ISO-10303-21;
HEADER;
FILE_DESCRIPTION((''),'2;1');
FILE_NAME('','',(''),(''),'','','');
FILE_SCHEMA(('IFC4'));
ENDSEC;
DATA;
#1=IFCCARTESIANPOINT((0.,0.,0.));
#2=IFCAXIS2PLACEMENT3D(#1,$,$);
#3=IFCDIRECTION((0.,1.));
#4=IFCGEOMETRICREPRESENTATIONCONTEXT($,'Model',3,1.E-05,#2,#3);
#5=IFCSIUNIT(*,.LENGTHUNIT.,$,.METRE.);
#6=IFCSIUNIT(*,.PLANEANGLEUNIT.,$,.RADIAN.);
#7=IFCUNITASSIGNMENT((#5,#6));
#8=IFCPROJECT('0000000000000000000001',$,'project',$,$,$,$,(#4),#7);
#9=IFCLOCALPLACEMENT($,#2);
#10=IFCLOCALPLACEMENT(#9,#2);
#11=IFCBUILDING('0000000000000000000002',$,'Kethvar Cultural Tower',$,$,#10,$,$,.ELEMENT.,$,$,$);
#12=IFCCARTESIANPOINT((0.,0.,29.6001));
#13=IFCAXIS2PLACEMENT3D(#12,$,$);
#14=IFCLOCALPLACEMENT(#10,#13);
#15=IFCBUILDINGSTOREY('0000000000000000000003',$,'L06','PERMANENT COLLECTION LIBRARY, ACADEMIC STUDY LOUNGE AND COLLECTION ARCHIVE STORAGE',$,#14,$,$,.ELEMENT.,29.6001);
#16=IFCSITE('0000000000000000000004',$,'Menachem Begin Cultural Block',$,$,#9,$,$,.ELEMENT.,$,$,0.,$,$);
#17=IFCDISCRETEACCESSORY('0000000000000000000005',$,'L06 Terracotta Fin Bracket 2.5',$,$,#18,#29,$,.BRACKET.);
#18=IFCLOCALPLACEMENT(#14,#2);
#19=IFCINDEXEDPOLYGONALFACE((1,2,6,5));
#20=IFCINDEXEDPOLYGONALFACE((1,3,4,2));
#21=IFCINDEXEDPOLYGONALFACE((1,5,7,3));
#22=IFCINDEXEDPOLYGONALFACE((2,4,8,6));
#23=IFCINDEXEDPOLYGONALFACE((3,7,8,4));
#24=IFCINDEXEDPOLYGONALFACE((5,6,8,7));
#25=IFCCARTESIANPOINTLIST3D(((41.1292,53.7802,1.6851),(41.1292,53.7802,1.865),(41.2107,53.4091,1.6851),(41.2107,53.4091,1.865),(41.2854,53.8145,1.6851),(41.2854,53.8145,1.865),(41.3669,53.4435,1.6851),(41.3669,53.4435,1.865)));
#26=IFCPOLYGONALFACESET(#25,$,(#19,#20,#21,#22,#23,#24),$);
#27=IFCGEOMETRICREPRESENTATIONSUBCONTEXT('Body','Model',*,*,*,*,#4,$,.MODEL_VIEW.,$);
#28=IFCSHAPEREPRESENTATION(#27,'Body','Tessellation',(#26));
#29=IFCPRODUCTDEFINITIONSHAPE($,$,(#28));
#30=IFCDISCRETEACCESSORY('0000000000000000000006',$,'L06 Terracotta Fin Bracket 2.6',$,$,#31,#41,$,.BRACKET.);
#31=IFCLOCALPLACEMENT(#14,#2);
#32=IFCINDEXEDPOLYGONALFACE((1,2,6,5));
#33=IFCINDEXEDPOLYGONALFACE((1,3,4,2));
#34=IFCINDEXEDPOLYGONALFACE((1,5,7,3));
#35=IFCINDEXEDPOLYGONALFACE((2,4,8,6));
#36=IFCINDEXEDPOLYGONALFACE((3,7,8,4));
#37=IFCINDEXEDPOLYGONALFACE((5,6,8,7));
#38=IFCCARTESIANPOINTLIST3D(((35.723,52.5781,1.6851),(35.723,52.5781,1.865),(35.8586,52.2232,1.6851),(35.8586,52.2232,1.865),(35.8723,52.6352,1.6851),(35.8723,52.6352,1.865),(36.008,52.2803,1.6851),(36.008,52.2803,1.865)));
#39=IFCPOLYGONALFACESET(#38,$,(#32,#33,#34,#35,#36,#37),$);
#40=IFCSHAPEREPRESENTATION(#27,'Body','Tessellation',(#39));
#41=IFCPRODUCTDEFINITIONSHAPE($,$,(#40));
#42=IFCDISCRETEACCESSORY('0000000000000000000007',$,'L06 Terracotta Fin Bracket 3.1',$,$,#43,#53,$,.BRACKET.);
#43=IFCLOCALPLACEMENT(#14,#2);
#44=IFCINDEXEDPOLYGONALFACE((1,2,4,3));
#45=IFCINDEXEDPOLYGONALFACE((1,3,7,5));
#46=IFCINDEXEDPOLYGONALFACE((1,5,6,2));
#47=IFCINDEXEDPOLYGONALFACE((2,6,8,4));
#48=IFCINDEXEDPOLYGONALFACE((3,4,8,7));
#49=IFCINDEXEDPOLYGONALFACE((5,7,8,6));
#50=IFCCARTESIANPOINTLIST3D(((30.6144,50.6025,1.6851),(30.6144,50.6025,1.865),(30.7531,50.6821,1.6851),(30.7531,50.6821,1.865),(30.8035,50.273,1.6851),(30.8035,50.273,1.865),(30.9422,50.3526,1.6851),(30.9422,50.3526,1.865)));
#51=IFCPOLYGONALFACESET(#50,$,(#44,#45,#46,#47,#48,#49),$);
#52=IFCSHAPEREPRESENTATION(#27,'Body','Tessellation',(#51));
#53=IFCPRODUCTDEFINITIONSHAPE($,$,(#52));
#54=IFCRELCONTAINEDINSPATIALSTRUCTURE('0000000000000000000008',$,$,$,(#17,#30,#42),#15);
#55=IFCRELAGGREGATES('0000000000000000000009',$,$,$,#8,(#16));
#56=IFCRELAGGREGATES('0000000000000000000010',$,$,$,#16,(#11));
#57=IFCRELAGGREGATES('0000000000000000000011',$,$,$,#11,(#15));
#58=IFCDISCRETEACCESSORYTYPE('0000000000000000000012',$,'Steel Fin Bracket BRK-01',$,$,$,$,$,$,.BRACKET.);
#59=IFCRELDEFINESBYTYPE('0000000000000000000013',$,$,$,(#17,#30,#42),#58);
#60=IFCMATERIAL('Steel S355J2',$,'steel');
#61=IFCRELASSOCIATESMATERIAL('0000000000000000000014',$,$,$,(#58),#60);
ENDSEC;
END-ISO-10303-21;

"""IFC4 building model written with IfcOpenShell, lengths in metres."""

from ifc_helpers import new_model, si_unit, direction, frame, origin, origin_2d, place, context, subcontext, project, spatial, rectangle, extrude, source, transform, mapped, material, type_object, element, save


model = new_model("IFC4")

# Units and contexts
model_context = context("Model", 3, precision=1e-05, world=origin(), true_north=direction((0.0, 1.0)))
body_context = subcontext(model_context, "Body", "Model", "MODEL_VIEW")
ifc_project = project(units=[si_unit("LENGTHUNIT", "METRE"), si_unit("PLANEANGLEUNIT", "RADIAN")], contexts=[model_context])

# Site, building, storey
site_placement = place(None, origin())
site = spatial("IfcSite", under=ifc_project, at=site_placement, Name="Menachem Begin Cultural Block", CompositionType="ELEMENT", RefElevation=0.0)
building_placement = place(site_placement, origin())
building = spatial("IfcBuilding", under=site, at=building_placement, Name="Kethvar Cultural Tower", CompositionType="ELEMENT")
storey_placement = place(building_placement, frame((0.0, 0.0, 29.6001)))
storey = spatial("IfcBuildingStorey", under=building, at=storey_placement, Name="L06", Description="PERMANENT COLLECTION LIBRARY, ACADEMIC STUDY LOUNGE AND COLLECTION ARCHIVE STORAGE", CompositionType="ELEMENT", Elevation=29.6001)

# Shared definitions
ifc_material_1 = material(Name="Steel S355J2", Category="steel")

# Discrete accessories
discrete_accessory_type = type_object("IfcDiscreteAccessoryType", Name="Steel Fin Bracket BRK-01", PredefinedType="BRACKET", material=ifc_material_1)
shared_shape_1 = source(origin(), body_context, "Body", "SweptSolid", [
    extrude(rectangle(XDim=0.3799, YDim=0.1599, at=origin_2d()), origin(), (0.0, 0.0, 1.0), 0.1799),
])
for number, where, z_axis, x_axis, name in (
    (1, (41.248, 53.6118, 1.6851), (0.0, 0.0, 1.0), (-0.214565, 0.97671, 0.0), "L06 Terracotta Fin Bracket 2.5"),
    (2, (35.8655, 52.4292, 1.6851), (0.0, 0.0, 1.0), (-0.357064, 0.93408, 0.0), "L06 Terracotta Fin Bracket 2.6"),
    (3, (30.7783, 50.4775, 1.6851), (0.0, 0.0, 1.0), (-0.497882, 0.867245, 0.0), "L06 Terracotta Fin Bracket 3.1"),
):
    element("IfcDiscreteAccessory", number, at=place(storey_placement, frame(where, z_axis=z_axis, x_axis=x_axis)), inside=storey, type_object=discrete_accessory_type, Name=name, PredefinedType="BRACKET", context=body_context, shape_type="MappedRepresentation", body=[
        mapped(shared_shape_1, transform((0.0, 0.0, 0.0), scale=1.0)),
    ])

save(model, "model.ifc")
